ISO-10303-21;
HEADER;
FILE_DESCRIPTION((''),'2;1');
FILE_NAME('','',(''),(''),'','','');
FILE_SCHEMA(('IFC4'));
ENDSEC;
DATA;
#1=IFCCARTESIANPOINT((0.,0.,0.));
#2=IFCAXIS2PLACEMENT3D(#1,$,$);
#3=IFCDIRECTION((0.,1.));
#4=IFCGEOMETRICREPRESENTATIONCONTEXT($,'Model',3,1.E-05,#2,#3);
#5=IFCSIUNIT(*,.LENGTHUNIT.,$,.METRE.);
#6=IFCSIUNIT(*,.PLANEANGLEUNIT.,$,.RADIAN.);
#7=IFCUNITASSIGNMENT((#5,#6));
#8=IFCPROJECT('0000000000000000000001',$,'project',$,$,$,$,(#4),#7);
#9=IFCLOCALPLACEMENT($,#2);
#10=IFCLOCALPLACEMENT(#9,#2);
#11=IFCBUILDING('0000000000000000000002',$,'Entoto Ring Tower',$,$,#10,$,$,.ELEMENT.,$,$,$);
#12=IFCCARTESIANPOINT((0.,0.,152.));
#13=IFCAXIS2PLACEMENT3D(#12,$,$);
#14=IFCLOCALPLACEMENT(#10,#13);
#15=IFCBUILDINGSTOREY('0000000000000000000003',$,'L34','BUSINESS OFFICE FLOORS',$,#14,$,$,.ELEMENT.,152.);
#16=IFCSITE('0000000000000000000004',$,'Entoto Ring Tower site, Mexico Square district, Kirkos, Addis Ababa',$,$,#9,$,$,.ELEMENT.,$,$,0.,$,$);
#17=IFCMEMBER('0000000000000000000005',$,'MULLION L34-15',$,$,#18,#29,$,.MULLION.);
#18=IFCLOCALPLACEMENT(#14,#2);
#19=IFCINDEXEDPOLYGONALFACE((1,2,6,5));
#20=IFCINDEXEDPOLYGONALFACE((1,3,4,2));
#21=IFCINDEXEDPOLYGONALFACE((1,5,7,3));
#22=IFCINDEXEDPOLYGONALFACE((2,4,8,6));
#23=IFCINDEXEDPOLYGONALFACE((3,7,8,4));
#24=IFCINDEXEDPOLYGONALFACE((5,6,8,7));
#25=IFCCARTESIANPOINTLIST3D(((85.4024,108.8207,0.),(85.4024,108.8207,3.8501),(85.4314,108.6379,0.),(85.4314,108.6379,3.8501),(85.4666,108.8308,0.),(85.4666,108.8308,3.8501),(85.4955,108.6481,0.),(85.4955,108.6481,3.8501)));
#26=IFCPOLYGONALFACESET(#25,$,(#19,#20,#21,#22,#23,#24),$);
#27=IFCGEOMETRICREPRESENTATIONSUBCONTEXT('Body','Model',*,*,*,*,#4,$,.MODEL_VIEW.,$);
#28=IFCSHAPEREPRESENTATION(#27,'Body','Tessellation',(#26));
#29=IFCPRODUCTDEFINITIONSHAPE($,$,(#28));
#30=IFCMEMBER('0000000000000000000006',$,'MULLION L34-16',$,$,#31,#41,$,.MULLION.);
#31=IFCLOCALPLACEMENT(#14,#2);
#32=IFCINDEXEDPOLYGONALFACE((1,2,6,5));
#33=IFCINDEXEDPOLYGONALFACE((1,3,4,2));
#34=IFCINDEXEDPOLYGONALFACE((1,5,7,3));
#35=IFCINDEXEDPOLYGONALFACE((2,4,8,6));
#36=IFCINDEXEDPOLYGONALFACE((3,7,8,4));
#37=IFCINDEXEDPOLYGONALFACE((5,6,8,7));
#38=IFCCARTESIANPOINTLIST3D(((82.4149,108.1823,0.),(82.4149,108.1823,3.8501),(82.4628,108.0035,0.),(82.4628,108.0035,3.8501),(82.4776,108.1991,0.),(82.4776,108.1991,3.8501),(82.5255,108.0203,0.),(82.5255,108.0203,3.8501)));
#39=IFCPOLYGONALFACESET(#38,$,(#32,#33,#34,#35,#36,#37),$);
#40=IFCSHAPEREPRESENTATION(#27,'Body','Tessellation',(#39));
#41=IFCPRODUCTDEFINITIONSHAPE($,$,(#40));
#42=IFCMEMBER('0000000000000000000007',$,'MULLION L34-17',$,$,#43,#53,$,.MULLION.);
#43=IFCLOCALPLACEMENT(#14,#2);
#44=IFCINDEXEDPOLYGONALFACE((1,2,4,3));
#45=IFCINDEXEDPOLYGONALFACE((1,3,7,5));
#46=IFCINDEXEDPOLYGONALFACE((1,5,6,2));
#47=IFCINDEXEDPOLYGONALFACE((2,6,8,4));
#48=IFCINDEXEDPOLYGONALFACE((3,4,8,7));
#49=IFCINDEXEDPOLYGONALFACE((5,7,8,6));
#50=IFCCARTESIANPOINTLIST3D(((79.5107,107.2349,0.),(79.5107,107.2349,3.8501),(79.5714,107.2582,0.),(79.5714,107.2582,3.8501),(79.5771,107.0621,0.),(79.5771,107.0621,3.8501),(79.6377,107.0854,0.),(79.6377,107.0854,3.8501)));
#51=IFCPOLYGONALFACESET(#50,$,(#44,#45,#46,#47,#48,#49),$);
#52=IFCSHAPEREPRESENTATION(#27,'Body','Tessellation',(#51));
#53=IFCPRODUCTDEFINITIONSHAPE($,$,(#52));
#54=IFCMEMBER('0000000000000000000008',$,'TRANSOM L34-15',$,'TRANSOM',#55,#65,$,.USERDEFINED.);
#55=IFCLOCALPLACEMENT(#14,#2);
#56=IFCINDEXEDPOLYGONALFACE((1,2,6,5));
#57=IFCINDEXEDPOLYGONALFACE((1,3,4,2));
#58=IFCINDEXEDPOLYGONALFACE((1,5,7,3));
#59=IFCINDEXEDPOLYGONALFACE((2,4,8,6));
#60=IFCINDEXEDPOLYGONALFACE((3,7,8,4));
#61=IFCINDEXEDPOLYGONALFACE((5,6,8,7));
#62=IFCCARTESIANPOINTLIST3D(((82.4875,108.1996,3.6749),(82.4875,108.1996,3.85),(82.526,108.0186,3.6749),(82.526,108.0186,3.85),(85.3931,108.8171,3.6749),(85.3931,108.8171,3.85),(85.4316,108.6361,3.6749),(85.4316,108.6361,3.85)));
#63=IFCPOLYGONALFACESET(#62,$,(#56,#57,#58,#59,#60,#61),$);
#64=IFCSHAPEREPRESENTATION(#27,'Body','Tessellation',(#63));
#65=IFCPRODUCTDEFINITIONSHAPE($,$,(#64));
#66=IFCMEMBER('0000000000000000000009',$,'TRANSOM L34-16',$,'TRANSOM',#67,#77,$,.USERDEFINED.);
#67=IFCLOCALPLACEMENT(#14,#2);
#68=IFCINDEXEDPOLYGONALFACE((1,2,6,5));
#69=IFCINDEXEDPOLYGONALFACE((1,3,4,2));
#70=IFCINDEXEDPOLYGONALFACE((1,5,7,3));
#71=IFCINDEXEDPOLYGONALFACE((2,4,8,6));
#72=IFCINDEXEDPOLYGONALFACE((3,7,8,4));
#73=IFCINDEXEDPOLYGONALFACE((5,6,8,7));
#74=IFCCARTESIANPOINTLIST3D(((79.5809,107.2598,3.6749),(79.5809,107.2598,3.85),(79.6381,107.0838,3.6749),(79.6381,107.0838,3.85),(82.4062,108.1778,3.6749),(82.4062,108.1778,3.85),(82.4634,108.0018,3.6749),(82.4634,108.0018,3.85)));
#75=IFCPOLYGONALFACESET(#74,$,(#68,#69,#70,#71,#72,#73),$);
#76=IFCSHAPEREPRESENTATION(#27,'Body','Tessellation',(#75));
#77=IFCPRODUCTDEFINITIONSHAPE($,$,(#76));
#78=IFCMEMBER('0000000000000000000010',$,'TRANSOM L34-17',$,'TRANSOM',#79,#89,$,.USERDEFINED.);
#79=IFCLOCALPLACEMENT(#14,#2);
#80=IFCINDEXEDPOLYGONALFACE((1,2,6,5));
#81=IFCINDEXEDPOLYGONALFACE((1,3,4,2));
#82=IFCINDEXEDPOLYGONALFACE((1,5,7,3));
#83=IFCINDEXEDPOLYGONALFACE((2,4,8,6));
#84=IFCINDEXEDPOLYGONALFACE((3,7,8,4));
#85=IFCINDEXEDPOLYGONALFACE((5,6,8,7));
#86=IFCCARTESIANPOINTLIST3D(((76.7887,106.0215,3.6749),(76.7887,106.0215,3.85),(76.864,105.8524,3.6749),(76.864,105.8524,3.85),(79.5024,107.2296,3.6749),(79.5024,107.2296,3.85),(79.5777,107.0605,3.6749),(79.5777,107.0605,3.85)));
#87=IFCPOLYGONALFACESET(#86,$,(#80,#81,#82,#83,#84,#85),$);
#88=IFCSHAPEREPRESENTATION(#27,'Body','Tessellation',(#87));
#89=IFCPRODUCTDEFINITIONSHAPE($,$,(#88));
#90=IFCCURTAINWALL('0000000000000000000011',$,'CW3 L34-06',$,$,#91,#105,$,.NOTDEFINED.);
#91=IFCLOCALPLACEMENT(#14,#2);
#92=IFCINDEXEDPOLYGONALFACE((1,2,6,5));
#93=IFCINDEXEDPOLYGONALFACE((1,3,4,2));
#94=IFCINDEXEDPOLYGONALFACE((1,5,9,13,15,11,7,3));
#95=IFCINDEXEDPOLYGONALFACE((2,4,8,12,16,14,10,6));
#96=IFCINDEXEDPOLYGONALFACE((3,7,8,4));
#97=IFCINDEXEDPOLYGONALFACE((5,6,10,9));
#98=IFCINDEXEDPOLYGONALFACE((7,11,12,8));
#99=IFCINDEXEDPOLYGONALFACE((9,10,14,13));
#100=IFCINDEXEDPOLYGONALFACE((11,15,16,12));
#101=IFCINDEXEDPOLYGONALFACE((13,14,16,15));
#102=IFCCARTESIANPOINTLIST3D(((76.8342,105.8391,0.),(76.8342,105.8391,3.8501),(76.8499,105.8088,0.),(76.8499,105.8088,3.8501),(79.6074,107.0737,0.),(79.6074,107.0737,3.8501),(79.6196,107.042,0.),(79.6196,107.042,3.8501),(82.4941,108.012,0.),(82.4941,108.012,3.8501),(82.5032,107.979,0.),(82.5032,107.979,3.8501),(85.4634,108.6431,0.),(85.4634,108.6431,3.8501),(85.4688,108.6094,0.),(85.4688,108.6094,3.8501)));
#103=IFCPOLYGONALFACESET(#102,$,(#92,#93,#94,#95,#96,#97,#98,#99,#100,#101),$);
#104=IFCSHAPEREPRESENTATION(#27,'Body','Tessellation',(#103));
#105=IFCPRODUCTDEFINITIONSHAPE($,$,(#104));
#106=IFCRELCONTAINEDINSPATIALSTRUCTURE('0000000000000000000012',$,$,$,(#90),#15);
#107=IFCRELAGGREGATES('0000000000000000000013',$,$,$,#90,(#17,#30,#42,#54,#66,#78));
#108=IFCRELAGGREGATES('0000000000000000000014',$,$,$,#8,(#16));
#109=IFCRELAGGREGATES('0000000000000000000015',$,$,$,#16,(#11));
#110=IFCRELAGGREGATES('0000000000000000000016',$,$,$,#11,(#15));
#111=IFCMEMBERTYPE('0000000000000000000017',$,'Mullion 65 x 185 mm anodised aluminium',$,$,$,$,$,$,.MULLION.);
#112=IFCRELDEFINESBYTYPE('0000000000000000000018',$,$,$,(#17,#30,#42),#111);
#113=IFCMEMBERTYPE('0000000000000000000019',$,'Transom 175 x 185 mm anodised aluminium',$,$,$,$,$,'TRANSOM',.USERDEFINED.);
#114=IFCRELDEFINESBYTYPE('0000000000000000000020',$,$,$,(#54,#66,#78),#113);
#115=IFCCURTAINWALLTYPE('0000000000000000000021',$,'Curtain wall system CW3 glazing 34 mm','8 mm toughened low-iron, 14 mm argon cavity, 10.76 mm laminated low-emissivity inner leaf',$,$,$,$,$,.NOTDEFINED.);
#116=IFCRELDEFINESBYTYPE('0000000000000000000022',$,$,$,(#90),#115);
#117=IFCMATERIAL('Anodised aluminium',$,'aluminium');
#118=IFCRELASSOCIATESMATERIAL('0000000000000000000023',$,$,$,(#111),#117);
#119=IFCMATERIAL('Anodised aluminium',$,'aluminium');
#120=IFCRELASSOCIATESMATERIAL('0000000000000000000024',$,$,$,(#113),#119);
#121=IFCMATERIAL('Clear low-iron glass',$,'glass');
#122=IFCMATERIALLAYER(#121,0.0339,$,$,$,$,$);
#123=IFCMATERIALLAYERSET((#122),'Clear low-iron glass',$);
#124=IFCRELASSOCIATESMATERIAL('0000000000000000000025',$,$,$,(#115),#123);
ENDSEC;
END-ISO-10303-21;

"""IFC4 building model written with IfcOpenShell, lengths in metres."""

from ifc_helpers import new_model, si_unit, direction, frame, origin, origin_2d, place, context, subcontext, project, spatial, polyline, rectangle, outline, extrude, material, layer, layer_set, material_profile, profile_set, type_object, element, aggregate, save


model = new_model("IFC4")

# Units and contexts
model_context = context("Model", 3, precision=1e-05, world=origin(), true_north=direction((0.0, 1.0)))
body_context = subcontext(model_context, "Body", "Model", "MODEL_VIEW")
ifc_project = project(units=[si_unit("LENGTHUNIT", "METRE"), si_unit("PLANEANGLEUNIT", "RADIAN")], contexts=[model_context])

# Members
ifc_material_1 = material(Name="Anodised aluminium", Category="aluminium")
ifc_material_profile_1 = material_profile(ifc_material_1, rectangle(XDim=0.0649, YDim=0.1851, at=origin_2d()), Name="Mullion 65 x 185 mm anodised aluminium")
ifc_profile_set_1 = profile_set([ifc_material_profile_1], Name="Anodised aluminium")
member_type_1 = type_object("IfcMemberType", Name="Mullion 65 x 185 mm anodised aluminium", PredefinedType="MULLION", material=ifc_profile_set_1)
site_placement = place(None, origin())
building_placement = place(site_placement, origin())
storey_placement = place(building_placement, frame((0.0, 0.0, 152.0)))
member_1_placement = place(storey_placement, frame((85.449, 108.7344, 0.0), z_axis=(0.0, 0.0, 1.0), x_axis=(-0.987688, -0.156434, 0.0)))
member_1 = element("IfcMember", 1, at=member_1_placement, type_object=member_type_1, Name="MULLION L34-15", PredefinedType="MULLION", context=body_context, shape_type="SweptSolid", body=[
    extrude(rectangle(XDim=0.0649, YDim=0.1851, at=origin_2d()), origin(), (0.0, 0.0, 1.0), 3.8501),
])
member_2_placement = place(storey_placement, frame((82.4702, 108.1013, 0.0), z_axis=(0.0, 0.0, 1.0), x_axis=(-0.965926, -0.258819, 0.0)))
member_2 = element("IfcMember", 2, at=member_2_placement, type_object=member_type_1, Name="MULLION L34-16", PredefinedType="MULLION", context=body_context, shape_type="SweptSolid", body=[
    extrude(rectangle(XDim=0.0649, YDim=0.1851, at=origin_2d()), origin(), (0.0, 0.0, 1.0), 3.8501),
])
member_3_placement = place(storey_placement, frame((79.5742, 107.1602, 0.0), z_axis=(0.0, 0.0, 1.0), x_axis=(-0.93358, -0.358368, 0.0)))
member_3 = element("IfcMember", 3, at=member_3_placement, type_object=member_type_1, Name="MULLION L34-17", PredefinedType="MULLION", context=body_context, shape_type="SweptSolid", body=[
    extrude(rectangle(XDim=0.0649, YDim=0.1851, at=origin_2d()), origin(), (0.0, 0.0, 1.0), 3.8501),
])
ifc_material_2 = material(Name="Anodised aluminium", Category="aluminium")
ifc_material_profile_2 = material_profile(ifc_material_2, rectangle(XDim=0.1851, YDim=0.175, at=origin_2d()), Name="Transom 175 x 185 mm anodised aluminium")
ifc_profile_set_2 = profile_set([ifc_material_profile_2], Name="Anodised aluminium")
member_type_2 = type_object("IfcMemberType", Name="Transom 175 x 185 mm anodised aluminium", ElementType="TRANSOM", PredefinedType="USERDEFINED", material=ifc_profile_set_2)
member_4_placement = place(storey_placement, frame((85.4124, 108.7266, 3.7625), z_axis=(-0.978158, -0.207862, 0.0), x_axis=(0.207862, -0.978158, 0.0)))
member_4 = element("IfcMember", 4, at=member_4_placement, type_object=member_type_2, Name="TRANSOM L34-15", ObjectType="TRANSOM", PredefinedType="USERDEFINED", context=body_context, shape_type="SweptSolid", body=[
    extrude(rectangle(XDim=0.1851, YDim=0.175, at=origin_2d()), origin(), (0.0, 0.0, 1.0), 2.9705),
])
member_5_placement = place(storey_placement, frame((82.4348, 108.0898, 3.7625), z_axis=(-0.951056, -0.309019, 0.0), x_axis=(0.309019, -0.951056, 0.0)))
member_5 = element("IfcMember", 5, at=member_5_placement, type_object=member_type_2, Name="TRANSOM L34-16", ObjectType="TRANSOM", PredefinedType="USERDEFINED", context=body_context, shape_type="SweptSolid", body=[
    extrude(rectangle(XDim=0.1851, YDim=0.175, at=origin_2d()), origin(), (0.0, 0.0, 1.0), 2.9707),
])
member_6_placement = place(storey_placement, frame((79.54, 107.145, 3.7625), z_axis=(-0.913567, -0.406687, 0.0), x_axis=(0.406687, -0.913567, 0.0)))
member_6 = element("IfcMember", 6, at=member_6_placement, type_object=member_type_2, Name="TRANSOM L34-17", ObjectType="TRANSOM", PredefinedType="USERDEFINED", context=body_context, shape_type="SweptSolid", body=[
    extrude(rectangle(XDim=0.1851, YDim=0.175, at=origin_2d()), origin(), (0.0, 0.0, 1.0), 2.9705),
])

# Site, building, storey
site = spatial("IfcSite", under=ifc_project, at=site_placement, Name="Entoto Ring Tower site, Mexico Square district, Kirkos, Addis Ababa", CompositionType="ELEMENT", RefElevation=0.0)
building = spatial("IfcBuilding", under=site, at=building_placement, Name="Entoto Ring Tower", CompositionType="ELEMENT")
storey = spatial("IfcBuildingStorey", under=building, at=storey_placement, Name="L34", Description="BUSINESS OFFICE FLOORS", CompositionType="ELEMENT", Elevation=152.0)

# Curtain wall
ifc_material_3 = material(Name="Clear low-iron glass", Category="glass")
ifc_layer = layer(ifc_material_3, 0.0339)
ifc_layer_set = layer_set([ifc_layer], Name="Clear low-iron glass")
curtain_wall_type = type_object("IfcCurtainWallType", Name="Curtain wall system CW3 glazing 34 mm", Description="8 mm toughened low-iron, 14 mm argon cavity, 10.76 mm laminated low-emissivity inner leaf", PredefinedType="NOTDEFINED", material=ifc_layer_set)
curtain_wall_1_placement = place(storey_placement, origin())
curtain_wall_1 = element("IfcCurtainWall", 7, at=curtain_wall_1_placement, inside=storey, type_object=curtain_wall_type, Name="CW3 L34-06", PredefinedType="NOTDEFINED", context=body_context, shape_type="SweptSolid", body=[
    extrude(outline(polyline([(85.4634, 108.6431), (82.4941, 108.012), (79.6074, 107.0737), (76.8342, 105.8391), (76.8499, 105.8088), (79.6196, 107.042), (82.5032, 107.979), (85.4688, 108.6094), (85.4634, 108.6431)])), origin(), (0.0, 0.0, 1.0), 3.8501),
])
aggregate(curtain_wall_1, [member_1, member_2, member_3, member_4, member_5, member_6])

save(model, "model.ifc")
